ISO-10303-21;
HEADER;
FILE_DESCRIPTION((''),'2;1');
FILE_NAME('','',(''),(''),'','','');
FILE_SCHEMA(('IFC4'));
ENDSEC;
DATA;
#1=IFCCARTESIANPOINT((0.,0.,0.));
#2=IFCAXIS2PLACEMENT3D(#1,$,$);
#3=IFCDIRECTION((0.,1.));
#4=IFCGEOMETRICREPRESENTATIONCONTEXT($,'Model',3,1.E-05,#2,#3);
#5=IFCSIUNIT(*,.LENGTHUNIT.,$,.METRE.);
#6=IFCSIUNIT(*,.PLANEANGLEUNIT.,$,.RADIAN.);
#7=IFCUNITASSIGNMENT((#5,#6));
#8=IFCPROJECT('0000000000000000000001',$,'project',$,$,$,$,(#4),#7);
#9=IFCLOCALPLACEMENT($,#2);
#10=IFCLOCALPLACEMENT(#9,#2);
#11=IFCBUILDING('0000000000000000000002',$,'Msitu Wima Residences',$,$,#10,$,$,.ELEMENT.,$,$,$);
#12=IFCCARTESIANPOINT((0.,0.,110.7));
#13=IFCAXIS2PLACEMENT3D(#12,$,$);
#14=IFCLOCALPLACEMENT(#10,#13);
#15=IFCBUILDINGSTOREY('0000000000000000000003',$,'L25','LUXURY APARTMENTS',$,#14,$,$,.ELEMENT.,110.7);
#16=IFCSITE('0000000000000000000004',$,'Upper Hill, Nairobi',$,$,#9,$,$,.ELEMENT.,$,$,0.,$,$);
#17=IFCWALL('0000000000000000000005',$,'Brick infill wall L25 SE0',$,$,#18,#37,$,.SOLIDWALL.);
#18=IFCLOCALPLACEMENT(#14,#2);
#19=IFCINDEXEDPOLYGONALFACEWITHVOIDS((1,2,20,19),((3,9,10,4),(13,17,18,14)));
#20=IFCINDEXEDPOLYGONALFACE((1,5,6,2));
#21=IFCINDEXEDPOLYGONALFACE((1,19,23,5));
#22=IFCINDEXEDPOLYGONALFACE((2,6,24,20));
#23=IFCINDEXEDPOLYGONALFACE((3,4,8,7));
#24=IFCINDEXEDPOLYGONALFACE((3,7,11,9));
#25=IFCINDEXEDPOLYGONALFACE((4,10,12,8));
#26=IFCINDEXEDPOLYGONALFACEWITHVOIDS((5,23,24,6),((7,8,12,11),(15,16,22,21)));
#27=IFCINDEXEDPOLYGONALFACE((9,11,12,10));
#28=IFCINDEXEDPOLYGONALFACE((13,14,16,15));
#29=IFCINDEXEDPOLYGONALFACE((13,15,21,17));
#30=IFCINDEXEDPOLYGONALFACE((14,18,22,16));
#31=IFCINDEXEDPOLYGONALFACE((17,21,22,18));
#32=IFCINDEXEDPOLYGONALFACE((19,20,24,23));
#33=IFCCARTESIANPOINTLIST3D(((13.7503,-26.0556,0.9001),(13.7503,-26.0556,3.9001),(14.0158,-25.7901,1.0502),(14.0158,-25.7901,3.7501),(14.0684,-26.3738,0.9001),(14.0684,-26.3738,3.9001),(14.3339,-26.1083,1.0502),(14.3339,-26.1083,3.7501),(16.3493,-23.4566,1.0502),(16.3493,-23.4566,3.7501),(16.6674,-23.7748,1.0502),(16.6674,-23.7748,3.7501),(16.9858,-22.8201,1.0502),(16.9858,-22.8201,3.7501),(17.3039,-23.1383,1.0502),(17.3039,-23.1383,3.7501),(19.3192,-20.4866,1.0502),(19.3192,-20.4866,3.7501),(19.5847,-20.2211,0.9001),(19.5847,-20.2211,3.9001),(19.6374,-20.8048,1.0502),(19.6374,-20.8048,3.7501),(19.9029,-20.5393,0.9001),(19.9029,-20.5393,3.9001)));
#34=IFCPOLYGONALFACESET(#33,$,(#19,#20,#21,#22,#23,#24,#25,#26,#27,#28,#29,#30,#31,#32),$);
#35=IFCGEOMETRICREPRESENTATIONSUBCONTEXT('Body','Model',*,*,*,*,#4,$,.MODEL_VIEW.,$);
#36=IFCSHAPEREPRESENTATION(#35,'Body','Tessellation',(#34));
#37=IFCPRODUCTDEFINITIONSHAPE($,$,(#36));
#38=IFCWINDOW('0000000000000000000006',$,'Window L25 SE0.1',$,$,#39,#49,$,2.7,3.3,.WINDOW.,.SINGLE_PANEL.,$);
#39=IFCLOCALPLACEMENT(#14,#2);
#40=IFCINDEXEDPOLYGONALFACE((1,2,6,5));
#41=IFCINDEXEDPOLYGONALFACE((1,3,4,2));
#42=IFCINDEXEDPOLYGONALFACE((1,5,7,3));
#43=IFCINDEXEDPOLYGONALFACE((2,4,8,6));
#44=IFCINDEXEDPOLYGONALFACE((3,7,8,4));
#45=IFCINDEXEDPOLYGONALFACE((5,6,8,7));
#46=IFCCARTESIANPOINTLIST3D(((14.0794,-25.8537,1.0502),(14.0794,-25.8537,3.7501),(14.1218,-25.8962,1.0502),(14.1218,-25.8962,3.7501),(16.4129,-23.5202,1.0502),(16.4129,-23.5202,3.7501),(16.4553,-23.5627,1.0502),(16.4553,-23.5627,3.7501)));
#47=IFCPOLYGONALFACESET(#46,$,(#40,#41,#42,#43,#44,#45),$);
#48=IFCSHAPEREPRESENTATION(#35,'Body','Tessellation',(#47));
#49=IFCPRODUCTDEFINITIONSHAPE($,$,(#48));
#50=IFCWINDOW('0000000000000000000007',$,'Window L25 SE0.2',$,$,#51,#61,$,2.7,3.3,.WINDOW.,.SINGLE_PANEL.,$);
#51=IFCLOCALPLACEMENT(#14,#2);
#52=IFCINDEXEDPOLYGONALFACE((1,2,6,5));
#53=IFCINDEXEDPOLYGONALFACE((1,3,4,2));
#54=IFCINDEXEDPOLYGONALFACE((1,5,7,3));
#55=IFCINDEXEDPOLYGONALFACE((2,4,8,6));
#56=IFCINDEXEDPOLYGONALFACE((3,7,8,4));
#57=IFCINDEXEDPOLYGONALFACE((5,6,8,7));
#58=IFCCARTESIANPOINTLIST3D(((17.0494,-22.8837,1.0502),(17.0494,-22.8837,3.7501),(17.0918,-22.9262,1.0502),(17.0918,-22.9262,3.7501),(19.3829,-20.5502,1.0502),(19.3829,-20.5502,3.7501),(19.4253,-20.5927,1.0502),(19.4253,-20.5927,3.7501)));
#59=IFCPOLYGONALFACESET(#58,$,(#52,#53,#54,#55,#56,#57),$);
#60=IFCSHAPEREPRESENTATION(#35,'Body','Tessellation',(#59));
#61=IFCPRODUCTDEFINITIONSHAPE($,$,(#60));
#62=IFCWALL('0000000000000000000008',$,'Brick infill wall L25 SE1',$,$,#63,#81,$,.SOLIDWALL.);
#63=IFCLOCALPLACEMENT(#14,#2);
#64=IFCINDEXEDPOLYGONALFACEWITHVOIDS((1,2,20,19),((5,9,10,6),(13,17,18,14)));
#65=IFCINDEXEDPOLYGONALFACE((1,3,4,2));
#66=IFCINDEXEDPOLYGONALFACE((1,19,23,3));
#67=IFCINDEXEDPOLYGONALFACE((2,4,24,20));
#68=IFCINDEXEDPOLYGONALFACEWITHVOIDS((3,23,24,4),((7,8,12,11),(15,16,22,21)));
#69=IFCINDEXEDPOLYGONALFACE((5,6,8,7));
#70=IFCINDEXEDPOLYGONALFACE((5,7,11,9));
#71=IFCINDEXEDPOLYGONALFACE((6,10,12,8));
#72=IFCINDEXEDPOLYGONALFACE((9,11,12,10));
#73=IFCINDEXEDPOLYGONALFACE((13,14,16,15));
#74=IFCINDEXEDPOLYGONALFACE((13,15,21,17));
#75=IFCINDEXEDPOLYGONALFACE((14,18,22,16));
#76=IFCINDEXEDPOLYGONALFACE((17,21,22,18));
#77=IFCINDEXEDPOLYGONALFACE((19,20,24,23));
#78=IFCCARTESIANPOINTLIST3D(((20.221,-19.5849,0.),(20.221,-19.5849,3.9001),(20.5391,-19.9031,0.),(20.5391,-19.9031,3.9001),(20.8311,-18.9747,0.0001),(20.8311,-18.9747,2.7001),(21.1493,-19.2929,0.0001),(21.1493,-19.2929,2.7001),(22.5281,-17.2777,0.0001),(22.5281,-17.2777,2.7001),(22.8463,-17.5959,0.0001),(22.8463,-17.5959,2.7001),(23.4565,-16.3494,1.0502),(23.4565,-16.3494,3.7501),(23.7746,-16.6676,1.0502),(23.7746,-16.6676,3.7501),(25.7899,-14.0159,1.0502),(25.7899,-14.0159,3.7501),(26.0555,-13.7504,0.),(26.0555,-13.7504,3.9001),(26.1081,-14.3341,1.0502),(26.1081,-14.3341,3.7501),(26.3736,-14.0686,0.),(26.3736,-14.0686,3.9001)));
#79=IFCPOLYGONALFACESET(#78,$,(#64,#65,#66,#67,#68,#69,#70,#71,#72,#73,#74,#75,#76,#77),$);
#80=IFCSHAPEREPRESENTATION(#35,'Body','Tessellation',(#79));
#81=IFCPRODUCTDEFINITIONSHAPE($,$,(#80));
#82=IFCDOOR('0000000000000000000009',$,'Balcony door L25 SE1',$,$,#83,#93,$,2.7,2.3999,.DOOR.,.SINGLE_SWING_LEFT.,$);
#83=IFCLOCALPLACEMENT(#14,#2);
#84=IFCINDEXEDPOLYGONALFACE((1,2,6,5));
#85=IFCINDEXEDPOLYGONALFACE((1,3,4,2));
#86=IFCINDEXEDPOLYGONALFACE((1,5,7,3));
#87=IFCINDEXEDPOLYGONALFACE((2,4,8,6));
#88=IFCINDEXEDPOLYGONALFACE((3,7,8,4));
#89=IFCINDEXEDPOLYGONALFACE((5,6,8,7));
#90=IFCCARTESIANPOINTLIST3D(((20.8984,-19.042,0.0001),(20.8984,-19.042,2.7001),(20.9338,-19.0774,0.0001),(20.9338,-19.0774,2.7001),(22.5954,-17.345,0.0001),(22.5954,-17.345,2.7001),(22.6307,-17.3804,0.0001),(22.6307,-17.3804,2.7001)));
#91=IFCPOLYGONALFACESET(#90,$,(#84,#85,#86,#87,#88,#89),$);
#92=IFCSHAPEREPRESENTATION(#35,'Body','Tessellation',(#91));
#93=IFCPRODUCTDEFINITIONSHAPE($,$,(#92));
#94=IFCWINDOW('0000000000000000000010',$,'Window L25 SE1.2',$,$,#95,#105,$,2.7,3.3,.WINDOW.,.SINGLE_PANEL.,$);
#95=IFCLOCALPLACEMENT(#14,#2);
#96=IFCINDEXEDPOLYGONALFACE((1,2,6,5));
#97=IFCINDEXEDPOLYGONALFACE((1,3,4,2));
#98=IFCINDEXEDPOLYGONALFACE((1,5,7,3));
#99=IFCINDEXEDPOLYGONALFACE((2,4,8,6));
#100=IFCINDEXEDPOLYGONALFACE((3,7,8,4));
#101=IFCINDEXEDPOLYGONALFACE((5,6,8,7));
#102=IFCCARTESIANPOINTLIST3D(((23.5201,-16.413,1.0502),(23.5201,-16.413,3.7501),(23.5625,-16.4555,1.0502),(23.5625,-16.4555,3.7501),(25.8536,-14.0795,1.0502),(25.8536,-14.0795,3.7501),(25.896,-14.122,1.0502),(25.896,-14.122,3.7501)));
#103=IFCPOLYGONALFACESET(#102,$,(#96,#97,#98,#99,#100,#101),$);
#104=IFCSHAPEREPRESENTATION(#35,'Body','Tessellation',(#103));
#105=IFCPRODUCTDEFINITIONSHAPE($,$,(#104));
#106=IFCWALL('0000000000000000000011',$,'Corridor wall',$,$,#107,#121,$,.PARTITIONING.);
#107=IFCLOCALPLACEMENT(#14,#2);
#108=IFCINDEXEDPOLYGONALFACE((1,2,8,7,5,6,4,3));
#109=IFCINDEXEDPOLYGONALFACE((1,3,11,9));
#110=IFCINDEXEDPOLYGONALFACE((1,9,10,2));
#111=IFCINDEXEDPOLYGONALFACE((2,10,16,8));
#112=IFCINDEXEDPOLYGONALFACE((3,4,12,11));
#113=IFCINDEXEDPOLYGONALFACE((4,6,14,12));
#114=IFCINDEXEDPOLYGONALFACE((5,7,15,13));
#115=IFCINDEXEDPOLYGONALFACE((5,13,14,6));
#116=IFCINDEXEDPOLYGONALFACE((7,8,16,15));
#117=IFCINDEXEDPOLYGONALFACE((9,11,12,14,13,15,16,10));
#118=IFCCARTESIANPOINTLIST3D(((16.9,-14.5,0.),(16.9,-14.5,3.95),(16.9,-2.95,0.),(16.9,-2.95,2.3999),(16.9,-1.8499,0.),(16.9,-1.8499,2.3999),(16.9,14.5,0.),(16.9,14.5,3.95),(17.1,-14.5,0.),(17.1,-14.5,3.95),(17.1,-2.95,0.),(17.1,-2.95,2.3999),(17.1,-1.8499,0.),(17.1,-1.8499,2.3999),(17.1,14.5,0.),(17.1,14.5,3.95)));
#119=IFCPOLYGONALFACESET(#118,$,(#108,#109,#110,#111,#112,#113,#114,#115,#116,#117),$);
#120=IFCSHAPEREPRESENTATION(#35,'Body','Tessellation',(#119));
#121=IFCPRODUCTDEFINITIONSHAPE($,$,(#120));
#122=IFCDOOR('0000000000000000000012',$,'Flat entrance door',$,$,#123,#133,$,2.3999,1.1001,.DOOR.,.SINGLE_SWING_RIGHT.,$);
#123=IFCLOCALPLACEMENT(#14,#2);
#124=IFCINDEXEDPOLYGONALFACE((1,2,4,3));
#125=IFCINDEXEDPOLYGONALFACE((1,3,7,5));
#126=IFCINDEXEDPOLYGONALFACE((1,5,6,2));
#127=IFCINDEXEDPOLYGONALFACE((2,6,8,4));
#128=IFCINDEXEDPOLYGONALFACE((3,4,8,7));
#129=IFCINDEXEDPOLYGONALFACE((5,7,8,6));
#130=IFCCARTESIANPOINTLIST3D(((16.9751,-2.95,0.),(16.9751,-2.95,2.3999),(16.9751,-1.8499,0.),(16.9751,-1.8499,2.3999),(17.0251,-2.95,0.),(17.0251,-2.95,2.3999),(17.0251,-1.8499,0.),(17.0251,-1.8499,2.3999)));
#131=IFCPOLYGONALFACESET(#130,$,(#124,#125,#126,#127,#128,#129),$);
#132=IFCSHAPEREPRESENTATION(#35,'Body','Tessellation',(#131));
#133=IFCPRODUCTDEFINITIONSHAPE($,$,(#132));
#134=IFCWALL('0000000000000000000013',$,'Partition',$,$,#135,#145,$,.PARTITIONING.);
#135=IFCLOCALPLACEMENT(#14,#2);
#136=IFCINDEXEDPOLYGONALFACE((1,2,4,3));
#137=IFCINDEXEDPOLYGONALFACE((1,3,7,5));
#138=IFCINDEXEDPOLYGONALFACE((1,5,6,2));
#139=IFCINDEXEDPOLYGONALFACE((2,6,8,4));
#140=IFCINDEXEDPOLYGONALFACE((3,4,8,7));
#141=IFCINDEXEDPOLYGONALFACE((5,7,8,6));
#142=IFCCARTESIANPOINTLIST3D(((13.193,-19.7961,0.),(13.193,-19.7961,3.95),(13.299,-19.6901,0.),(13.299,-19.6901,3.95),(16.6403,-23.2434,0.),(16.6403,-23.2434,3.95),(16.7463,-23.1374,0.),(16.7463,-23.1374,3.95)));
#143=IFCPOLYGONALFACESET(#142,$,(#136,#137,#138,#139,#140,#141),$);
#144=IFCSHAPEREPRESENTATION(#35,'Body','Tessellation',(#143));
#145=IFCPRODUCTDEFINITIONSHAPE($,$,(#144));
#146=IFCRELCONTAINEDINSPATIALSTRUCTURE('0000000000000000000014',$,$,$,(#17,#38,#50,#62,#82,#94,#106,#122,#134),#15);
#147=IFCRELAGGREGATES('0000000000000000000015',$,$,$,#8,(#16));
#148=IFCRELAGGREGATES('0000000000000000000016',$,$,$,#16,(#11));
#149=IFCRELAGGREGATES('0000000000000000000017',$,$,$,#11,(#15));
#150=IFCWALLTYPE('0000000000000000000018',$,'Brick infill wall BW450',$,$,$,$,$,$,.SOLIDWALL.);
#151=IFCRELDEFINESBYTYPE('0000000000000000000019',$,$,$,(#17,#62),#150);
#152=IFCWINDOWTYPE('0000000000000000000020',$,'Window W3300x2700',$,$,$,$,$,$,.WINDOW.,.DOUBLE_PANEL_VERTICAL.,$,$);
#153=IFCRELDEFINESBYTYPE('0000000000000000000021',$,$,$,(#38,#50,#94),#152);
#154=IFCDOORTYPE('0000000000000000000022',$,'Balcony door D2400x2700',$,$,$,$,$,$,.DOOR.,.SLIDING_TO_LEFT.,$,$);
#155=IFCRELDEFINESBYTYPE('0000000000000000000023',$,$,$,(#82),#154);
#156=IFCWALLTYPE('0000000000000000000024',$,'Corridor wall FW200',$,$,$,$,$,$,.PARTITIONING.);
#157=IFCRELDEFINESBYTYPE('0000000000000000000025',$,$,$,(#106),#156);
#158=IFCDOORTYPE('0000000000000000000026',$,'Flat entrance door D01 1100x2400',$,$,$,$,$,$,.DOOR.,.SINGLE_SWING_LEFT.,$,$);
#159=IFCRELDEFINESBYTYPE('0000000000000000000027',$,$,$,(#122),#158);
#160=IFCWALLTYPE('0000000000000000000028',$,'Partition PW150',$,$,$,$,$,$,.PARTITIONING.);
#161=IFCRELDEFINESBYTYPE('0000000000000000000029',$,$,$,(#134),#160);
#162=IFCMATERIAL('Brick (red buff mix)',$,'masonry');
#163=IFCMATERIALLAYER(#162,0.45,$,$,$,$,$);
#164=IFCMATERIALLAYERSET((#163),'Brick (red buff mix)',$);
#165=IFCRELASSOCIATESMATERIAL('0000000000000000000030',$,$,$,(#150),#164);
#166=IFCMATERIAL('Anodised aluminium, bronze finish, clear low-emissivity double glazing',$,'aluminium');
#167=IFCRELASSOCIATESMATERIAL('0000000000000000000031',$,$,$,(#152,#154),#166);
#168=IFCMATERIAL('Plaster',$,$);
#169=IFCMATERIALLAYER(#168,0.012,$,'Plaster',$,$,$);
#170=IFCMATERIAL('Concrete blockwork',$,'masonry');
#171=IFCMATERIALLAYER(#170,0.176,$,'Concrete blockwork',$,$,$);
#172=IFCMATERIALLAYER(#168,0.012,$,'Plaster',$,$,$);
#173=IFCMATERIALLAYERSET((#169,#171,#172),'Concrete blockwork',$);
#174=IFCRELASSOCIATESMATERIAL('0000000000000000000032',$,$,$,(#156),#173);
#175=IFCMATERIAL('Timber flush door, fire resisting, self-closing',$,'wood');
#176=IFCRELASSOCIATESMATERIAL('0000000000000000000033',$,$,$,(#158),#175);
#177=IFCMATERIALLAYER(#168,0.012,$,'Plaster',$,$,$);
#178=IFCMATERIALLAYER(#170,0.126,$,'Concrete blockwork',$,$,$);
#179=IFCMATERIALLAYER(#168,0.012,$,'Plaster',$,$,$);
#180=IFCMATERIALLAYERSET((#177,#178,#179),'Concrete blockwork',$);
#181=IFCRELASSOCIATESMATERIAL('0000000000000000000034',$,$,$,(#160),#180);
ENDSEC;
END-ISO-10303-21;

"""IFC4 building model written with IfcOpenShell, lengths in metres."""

from ifc_helpers import new_model, si_unit, direction, frame, frame_2d, origin, place, context, subcontext, project, spatial, rectangle, extrude, material, layer, layer_set, type_object, element, fill, save


model = new_model("IFC4")

# Units and contexts
model_context = context("Model", 3, precision=1e-05, world=origin(), true_north=direction((0.0, 1.0)))
body_context = subcontext(model_context, "Body", "Model", "MODEL_VIEW")
ifc_project = project(units=[si_unit("LENGTHUNIT", "METRE"), si_unit("PLANEANGLEUNIT", "RADIAN")], contexts=[model_context])

# Site, building, storey
site_placement = place(None, origin())
site = spatial("IfcSite", under=ifc_project, at=site_placement, Name="Upper Hill, Nairobi", CompositionType="ELEMENT", RefElevation=0.0)
building_placement = place(site_placement, origin())
building = spatial("IfcBuilding", under=site, at=building_placement, Name="Msitu Wima Residences", CompositionType="ELEMENT")
storey_placement = place(building_placement, frame((0.0, 0.0, 110.7)))
storey = spatial("IfcBuildingStorey", under=building, at=storey_placement, Name="L25", Description="LUXURY APARTMENTS", CompositionType="ELEMENT", Elevation=110.7)

# Wall, openings, windows
ifc_material_1 = material(Name="Brick (red buff mix)", Category="masonry")
ifc_layer_1 = layer(ifc_material_1, 0.45)
ifc_layer_set_1 = layer_set([ifc_layer_1], Name="Brick (red buff mix)")
wall_type_1 = type_object("IfcWallType", Name="Brick infill wall BW450", PredefinedType="SOLIDWALL", material=ifc_layer_set_1)
wall_1_placement = place(storey_placement, frame((13.9094, -26.2146, 0.9001), z_axis=(0.0, 0.0, 1.0), x_axis=(0.707107, 0.707107, 0.0)))
wall_1 = element("IfcWall", 1, at=wall_1_placement, inside=storey, type_object=wall_type_1, Name="Brick infill wall L25 SE0", PredefinedType="SOLIDWALL", context=body_context, shape_type="SweptSolid", body=[
    extrude(rectangle(XDim=8.2512, YDim=0.45, at=frame_2d((4.1255, 0.0))), origin(), (0.0, 0.0, 1.0), 3.0),
])
opening_1_placement = place(wall_1_placement, frame((0.3755, 0.0, 0.1499)))
opening_1 = element("IfcOpeningElement", 2, at=opening_1_placement, cuts=wall_1, PredefinedType="OPENING", context=body_context, shape_type="SweptSolid", body=[
    extrude(rectangle(XDim=3.3, YDim=2.7, at=frame_2d((1.6499, 1.3501))), frame((0.0, 0.2349, 0.0), z_axis=(0.0, -1.0, 0.0), x_axis=(1.0, 0.0, 0.0)), (0.0, 0.0, 1.0), 0.47),
])
opening_2_placement = place(wall_1_placement, frame((4.5757, 0.0, 0.1499)))
opening_2 = element("IfcOpeningElement", 3, at=opening_2_placement, cuts=wall_1, PredefinedType="OPENING", context=body_context, shape_type="SweptSolid", body=[
    extrude(rectangle(XDim=3.3, YDim=2.7, at=frame_2d((1.6499, 1.3501))), frame((0.0, 0.2349, 0.0), z_axis=(0.0, -1.0, 0.0), x_axis=(1.0, 0.0, 0.0)), (0.0, 0.0, 1.0), 0.47),
])
ifc_material_2 = material(Name="Anodised aluminium, bronze finish, clear low-emissivity double glazing", Category="aluminium")
window_type = type_object("IfcWindowType", Name="Window W3300x2700", PartitioningType="DOUBLE_PANEL_VERTICAL", PredefinedType="WINDOW", material=ifc_material_2)
window_1_placement = place(opening_1_placement, origin())
window_1 = element("IfcWindow", 4, at=window_1_placement, inside=storey, type_object=window_type, Name="Window L25 SE0.1", OverallHeight=2.7, OverallWidth=3.3, PartitioningType="SINGLE_PANEL", PredefinedType="WINDOW", context=body_context, shape_type="SweptSolid", body=[
    extrude(rectangle(XDim=3.3, YDim=2.7, at=frame_2d((1.6499, 1.3501))), frame((0.0, 0.135, 0.0), z_axis=(0.0, -1.0, 0.0), x_axis=(1.0, 0.0, 0.0)), (0.0, 0.0, 1.0), 0.0601),
])
fill(opening_1, window_1)
window_2_placement = place(opening_2_placement, origin())
window_2 = element("IfcWindow", 5, at=window_2_placement, inside=storey, type_object=window_type, Name="Window L25 SE0.2", OverallHeight=2.7, OverallWidth=3.3, PartitioningType="SINGLE_PANEL", PredefinedType="WINDOW", context=body_context, shape_type="SweptSolid", body=[
    extrude(rectangle(XDim=3.3, YDim=2.7, at=frame_2d((1.6499, 1.3501))), frame((0.0, 0.135, 0.0), z_axis=(0.0, -1.0, 0.0), x_axis=(1.0, 0.0, 0.0)), (0.0, 0.0, 1.0), 0.0601),
])
fill(opening_2, window_2)

# Wall, openings, door, window
wall_2_placement = place(storey_placement, frame((20.3801, -19.7439, 0.0), z_axis=(0.0, 0.0, 1.0), x_axis=(0.707107, 0.707107, 0.0)))
wall_2 = element("IfcWall", 6, at=wall_2_placement, inside=storey, type_object=wall_type_1, Name="Brick infill wall L25 SE1", PredefinedType="SOLIDWALL", context=body_context, shape_type="SweptSolid", body=[
    extrude(rectangle(XDim=8.2512, YDim=0.45, at=frame_2d((4.1255, 0.0))), origin(), (0.0, 0.0, 1.0), 3.9001),
])
opening_3_placement = place(wall_2_placement, frame((0.8628, 0.0, 0.0)))
opening_3 = element("IfcOpeningElement", 7, at=opening_3_placement, cuts=wall_2, PredefinedType="OPENING", context=body_context, shape_type="SweptSolid", body=[
    extrude(rectangle(XDim=2.3999, YDim=2.7, at=frame_2d((1.2, 1.3501))), frame((0.0, 0.2349, 0.0), z_axis=(0.0, -1.0, 0.0), x_axis=(1.0, 0.0, 0.0)), (0.0, 0.0, 1.0), 0.47),
])
opening_4_placement = place(wall_2_placement, frame((4.5757, 0.0, 1.05)))
opening_4 = element("IfcOpeningElement", 8, at=opening_4_placement, cuts=wall_2, PredefinedType="OPENING", context=body_context, shape_type="SweptSolid", body=[
    extrude(rectangle(XDim=3.3, YDim=2.7, at=frame_2d((1.6499, 1.3501))), frame((0.0, 0.2349, 0.0), z_axis=(0.0, -1.0, 0.0), x_axis=(1.0, 0.0, 0.0)), (0.0, 0.0, 1.0), 0.47),
])
door_type_1 = type_object("IfcDoorType", Name="Balcony door D2400x2700", OperationType="SLIDING_TO_LEFT", PredefinedType="DOOR", material=ifc_material_2)
door_1_placement = place(opening_3_placement, origin())
door_1 = element("IfcDoor", 9, at=door_1_placement, inside=storey, type_object=door_type_1, Name="Balcony door L25 SE1", OperationType="SINGLE_SWING_LEFT", OverallHeight=2.7, OverallWidth=2.3999, PredefinedType="DOOR", context=body_context, shape_type="SweptSolid", body=[
    extrude(rectangle(XDim=2.3999, YDim=2.7, at=frame_2d((1.2, 1.3501))), frame((0.0, 0.1299, 0.0), z_axis=(0.0, -1.0, 0.0), x_axis=(1.0, 0.0, 0.0)), (0.0, 0.0, 1.0), 0.05),
])
fill(opening_3, door_1)
window_3_placement = place(opening_4_placement, origin())
window_3 = element("IfcWindow", 10, at=window_3_placement, inside=storey, type_object=window_type, Name="Window L25 SE1.2", OverallHeight=2.7, OverallWidth=3.3, PartitioningType="SINGLE_PANEL", PredefinedType="WINDOW", context=body_context, shape_type="SweptSolid", body=[
    extrude(rectangle(XDim=3.3, YDim=2.7, at=frame_2d((1.6499, 1.3501))), frame((0.0, 0.135, 0.0), z_axis=(0.0, -1.0, 0.0), x_axis=(1.0, 0.0, 0.0)), (0.0, 0.0, 1.0), 0.0601),
])
fill(opening_4, window_3)

# Wall, opening, door
ifc_material_3 = material(Name="Plaster")
ifc_layer_2 = layer(ifc_material_3, 0.012, Name="Plaster")
ifc_material_4 = material(Name="Concrete blockwork", Category="masonry")
ifc_layer_3 = layer(ifc_material_4, 0.176, Name="Concrete blockwork")
ifc_layer_4 = layer(ifc_material_3, 0.012, Name="Plaster")
ifc_layer_set_2 = layer_set([ifc_layer_2, ifc_layer_3, ifc_layer_4], Name="Concrete blockwork")
wall_type_2 = type_object("IfcWallType", Name="Corridor wall FW200", PredefinedType="PARTITIONING", material=ifc_layer_set_2)
wall_3_placement = place(storey_placement, frame((17.0, -14.5, 0.0), z_axis=(0.0, 0.0, 1.0), x_axis=(0.0, 1.0, 0.0)))
wall_3 = element("IfcWall", 11, at=wall_3_placement, inside=storey, type_object=wall_type_2, Name="Corridor wall", PredefinedType="PARTITIONING", context=body_context, shape_type="SweptSolid", body=[
    extrude(rectangle(XDim=29.0, YDim=0.2, at=frame_2d((14.5, 0.0))), origin(), (0.0, 0.0, 1.0), 3.95),
])
opening_5_placement = place(wall_3_placement, frame((11.55, 0.0, 0.0)))
opening_5 = element("IfcOpeningElement", 12, at=opening_5_placement, cuts=wall_3, PredefinedType="OPENING", context=body_context, shape_type="SweptSolid", body=[
    extrude(rectangle(XDim=1.1001, YDim=2.3999, at=frame_2d((0.55, 1.2))), frame((0.0, 0.1099, 0.0), z_axis=(0.0, -1.0, 0.0), x_axis=(1.0, 0.0, 0.0)), (0.0, 0.0, 1.0), 0.22),
])
ifc_material_5 = material(Name="Timber flush door, fire resisting, self-closing", Category="wood")
door_type_2 = type_object("IfcDoorType", Name="Flat entrance door D01 1100x2400", OperationType="SINGLE_SWING_LEFT", PredefinedType="DOOR", material=ifc_material_5)
door_2_placement = place(opening_5_placement, origin())
door_2 = element("IfcDoor", 13, at=door_2_placement, inside=storey, type_object=door_type_2, Name="Flat entrance door", OperationType="SINGLE_SWING_RIGHT", OverallHeight=2.3999, OverallWidth=1.1001, PredefinedType="DOOR", context=body_context, shape_type="SweptSolid", body=[
    extrude(rectangle(XDim=1.1001, YDim=2.3999, at=frame_2d((0.55, 1.2))), frame((0.0, 0.0249, 0.0), z_axis=(0.0, -1.0, 0.0), x_axis=(1.0, 0.0, 0.0)), (0.0, 0.0, 1.0), 0.05),
])
fill(opening_5, door_2)

# Wall
ifc_layer_5 = layer(ifc_material_3, 0.012, Name="Plaster")
ifc_layer_6 = layer(ifc_material_4, 0.126, Name="Concrete blockwork")
ifc_layer_7 = layer(ifc_material_3, 0.012, Name="Plaster")
ifc_layer_set_3 = layer_set([ifc_layer_5, ifc_layer_6, ifc_layer_7], Name="Concrete blockwork")
wall_type_3 = type_object("IfcWallType", Name="Partition PW150", PredefinedType="PARTITIONING", material=ifc_layer_set_3)
wall_4_placement = place(storey_placement, frame((13.2461, -19.7432, 0.0), z_axis=(0.0, 0.0, 1.0), x_axis=(0.707107, -0.707107, 0.0)))
element("IfcWall", 14, at=wall_4_placement, inside=storey, type_object=wall_type_3, Name="Partition", PredefinedType="PARTITIONING", context=body_context, shape_type="SweptSolid", body=[
    extrude(rectangle(XDim=4.8752, YDim=0.1499, at=frame_2d((2.4375, 0.0))), origin(), (0.0, 0.0, 1.0), 3.95),
])

save(model, "model.ifc")
